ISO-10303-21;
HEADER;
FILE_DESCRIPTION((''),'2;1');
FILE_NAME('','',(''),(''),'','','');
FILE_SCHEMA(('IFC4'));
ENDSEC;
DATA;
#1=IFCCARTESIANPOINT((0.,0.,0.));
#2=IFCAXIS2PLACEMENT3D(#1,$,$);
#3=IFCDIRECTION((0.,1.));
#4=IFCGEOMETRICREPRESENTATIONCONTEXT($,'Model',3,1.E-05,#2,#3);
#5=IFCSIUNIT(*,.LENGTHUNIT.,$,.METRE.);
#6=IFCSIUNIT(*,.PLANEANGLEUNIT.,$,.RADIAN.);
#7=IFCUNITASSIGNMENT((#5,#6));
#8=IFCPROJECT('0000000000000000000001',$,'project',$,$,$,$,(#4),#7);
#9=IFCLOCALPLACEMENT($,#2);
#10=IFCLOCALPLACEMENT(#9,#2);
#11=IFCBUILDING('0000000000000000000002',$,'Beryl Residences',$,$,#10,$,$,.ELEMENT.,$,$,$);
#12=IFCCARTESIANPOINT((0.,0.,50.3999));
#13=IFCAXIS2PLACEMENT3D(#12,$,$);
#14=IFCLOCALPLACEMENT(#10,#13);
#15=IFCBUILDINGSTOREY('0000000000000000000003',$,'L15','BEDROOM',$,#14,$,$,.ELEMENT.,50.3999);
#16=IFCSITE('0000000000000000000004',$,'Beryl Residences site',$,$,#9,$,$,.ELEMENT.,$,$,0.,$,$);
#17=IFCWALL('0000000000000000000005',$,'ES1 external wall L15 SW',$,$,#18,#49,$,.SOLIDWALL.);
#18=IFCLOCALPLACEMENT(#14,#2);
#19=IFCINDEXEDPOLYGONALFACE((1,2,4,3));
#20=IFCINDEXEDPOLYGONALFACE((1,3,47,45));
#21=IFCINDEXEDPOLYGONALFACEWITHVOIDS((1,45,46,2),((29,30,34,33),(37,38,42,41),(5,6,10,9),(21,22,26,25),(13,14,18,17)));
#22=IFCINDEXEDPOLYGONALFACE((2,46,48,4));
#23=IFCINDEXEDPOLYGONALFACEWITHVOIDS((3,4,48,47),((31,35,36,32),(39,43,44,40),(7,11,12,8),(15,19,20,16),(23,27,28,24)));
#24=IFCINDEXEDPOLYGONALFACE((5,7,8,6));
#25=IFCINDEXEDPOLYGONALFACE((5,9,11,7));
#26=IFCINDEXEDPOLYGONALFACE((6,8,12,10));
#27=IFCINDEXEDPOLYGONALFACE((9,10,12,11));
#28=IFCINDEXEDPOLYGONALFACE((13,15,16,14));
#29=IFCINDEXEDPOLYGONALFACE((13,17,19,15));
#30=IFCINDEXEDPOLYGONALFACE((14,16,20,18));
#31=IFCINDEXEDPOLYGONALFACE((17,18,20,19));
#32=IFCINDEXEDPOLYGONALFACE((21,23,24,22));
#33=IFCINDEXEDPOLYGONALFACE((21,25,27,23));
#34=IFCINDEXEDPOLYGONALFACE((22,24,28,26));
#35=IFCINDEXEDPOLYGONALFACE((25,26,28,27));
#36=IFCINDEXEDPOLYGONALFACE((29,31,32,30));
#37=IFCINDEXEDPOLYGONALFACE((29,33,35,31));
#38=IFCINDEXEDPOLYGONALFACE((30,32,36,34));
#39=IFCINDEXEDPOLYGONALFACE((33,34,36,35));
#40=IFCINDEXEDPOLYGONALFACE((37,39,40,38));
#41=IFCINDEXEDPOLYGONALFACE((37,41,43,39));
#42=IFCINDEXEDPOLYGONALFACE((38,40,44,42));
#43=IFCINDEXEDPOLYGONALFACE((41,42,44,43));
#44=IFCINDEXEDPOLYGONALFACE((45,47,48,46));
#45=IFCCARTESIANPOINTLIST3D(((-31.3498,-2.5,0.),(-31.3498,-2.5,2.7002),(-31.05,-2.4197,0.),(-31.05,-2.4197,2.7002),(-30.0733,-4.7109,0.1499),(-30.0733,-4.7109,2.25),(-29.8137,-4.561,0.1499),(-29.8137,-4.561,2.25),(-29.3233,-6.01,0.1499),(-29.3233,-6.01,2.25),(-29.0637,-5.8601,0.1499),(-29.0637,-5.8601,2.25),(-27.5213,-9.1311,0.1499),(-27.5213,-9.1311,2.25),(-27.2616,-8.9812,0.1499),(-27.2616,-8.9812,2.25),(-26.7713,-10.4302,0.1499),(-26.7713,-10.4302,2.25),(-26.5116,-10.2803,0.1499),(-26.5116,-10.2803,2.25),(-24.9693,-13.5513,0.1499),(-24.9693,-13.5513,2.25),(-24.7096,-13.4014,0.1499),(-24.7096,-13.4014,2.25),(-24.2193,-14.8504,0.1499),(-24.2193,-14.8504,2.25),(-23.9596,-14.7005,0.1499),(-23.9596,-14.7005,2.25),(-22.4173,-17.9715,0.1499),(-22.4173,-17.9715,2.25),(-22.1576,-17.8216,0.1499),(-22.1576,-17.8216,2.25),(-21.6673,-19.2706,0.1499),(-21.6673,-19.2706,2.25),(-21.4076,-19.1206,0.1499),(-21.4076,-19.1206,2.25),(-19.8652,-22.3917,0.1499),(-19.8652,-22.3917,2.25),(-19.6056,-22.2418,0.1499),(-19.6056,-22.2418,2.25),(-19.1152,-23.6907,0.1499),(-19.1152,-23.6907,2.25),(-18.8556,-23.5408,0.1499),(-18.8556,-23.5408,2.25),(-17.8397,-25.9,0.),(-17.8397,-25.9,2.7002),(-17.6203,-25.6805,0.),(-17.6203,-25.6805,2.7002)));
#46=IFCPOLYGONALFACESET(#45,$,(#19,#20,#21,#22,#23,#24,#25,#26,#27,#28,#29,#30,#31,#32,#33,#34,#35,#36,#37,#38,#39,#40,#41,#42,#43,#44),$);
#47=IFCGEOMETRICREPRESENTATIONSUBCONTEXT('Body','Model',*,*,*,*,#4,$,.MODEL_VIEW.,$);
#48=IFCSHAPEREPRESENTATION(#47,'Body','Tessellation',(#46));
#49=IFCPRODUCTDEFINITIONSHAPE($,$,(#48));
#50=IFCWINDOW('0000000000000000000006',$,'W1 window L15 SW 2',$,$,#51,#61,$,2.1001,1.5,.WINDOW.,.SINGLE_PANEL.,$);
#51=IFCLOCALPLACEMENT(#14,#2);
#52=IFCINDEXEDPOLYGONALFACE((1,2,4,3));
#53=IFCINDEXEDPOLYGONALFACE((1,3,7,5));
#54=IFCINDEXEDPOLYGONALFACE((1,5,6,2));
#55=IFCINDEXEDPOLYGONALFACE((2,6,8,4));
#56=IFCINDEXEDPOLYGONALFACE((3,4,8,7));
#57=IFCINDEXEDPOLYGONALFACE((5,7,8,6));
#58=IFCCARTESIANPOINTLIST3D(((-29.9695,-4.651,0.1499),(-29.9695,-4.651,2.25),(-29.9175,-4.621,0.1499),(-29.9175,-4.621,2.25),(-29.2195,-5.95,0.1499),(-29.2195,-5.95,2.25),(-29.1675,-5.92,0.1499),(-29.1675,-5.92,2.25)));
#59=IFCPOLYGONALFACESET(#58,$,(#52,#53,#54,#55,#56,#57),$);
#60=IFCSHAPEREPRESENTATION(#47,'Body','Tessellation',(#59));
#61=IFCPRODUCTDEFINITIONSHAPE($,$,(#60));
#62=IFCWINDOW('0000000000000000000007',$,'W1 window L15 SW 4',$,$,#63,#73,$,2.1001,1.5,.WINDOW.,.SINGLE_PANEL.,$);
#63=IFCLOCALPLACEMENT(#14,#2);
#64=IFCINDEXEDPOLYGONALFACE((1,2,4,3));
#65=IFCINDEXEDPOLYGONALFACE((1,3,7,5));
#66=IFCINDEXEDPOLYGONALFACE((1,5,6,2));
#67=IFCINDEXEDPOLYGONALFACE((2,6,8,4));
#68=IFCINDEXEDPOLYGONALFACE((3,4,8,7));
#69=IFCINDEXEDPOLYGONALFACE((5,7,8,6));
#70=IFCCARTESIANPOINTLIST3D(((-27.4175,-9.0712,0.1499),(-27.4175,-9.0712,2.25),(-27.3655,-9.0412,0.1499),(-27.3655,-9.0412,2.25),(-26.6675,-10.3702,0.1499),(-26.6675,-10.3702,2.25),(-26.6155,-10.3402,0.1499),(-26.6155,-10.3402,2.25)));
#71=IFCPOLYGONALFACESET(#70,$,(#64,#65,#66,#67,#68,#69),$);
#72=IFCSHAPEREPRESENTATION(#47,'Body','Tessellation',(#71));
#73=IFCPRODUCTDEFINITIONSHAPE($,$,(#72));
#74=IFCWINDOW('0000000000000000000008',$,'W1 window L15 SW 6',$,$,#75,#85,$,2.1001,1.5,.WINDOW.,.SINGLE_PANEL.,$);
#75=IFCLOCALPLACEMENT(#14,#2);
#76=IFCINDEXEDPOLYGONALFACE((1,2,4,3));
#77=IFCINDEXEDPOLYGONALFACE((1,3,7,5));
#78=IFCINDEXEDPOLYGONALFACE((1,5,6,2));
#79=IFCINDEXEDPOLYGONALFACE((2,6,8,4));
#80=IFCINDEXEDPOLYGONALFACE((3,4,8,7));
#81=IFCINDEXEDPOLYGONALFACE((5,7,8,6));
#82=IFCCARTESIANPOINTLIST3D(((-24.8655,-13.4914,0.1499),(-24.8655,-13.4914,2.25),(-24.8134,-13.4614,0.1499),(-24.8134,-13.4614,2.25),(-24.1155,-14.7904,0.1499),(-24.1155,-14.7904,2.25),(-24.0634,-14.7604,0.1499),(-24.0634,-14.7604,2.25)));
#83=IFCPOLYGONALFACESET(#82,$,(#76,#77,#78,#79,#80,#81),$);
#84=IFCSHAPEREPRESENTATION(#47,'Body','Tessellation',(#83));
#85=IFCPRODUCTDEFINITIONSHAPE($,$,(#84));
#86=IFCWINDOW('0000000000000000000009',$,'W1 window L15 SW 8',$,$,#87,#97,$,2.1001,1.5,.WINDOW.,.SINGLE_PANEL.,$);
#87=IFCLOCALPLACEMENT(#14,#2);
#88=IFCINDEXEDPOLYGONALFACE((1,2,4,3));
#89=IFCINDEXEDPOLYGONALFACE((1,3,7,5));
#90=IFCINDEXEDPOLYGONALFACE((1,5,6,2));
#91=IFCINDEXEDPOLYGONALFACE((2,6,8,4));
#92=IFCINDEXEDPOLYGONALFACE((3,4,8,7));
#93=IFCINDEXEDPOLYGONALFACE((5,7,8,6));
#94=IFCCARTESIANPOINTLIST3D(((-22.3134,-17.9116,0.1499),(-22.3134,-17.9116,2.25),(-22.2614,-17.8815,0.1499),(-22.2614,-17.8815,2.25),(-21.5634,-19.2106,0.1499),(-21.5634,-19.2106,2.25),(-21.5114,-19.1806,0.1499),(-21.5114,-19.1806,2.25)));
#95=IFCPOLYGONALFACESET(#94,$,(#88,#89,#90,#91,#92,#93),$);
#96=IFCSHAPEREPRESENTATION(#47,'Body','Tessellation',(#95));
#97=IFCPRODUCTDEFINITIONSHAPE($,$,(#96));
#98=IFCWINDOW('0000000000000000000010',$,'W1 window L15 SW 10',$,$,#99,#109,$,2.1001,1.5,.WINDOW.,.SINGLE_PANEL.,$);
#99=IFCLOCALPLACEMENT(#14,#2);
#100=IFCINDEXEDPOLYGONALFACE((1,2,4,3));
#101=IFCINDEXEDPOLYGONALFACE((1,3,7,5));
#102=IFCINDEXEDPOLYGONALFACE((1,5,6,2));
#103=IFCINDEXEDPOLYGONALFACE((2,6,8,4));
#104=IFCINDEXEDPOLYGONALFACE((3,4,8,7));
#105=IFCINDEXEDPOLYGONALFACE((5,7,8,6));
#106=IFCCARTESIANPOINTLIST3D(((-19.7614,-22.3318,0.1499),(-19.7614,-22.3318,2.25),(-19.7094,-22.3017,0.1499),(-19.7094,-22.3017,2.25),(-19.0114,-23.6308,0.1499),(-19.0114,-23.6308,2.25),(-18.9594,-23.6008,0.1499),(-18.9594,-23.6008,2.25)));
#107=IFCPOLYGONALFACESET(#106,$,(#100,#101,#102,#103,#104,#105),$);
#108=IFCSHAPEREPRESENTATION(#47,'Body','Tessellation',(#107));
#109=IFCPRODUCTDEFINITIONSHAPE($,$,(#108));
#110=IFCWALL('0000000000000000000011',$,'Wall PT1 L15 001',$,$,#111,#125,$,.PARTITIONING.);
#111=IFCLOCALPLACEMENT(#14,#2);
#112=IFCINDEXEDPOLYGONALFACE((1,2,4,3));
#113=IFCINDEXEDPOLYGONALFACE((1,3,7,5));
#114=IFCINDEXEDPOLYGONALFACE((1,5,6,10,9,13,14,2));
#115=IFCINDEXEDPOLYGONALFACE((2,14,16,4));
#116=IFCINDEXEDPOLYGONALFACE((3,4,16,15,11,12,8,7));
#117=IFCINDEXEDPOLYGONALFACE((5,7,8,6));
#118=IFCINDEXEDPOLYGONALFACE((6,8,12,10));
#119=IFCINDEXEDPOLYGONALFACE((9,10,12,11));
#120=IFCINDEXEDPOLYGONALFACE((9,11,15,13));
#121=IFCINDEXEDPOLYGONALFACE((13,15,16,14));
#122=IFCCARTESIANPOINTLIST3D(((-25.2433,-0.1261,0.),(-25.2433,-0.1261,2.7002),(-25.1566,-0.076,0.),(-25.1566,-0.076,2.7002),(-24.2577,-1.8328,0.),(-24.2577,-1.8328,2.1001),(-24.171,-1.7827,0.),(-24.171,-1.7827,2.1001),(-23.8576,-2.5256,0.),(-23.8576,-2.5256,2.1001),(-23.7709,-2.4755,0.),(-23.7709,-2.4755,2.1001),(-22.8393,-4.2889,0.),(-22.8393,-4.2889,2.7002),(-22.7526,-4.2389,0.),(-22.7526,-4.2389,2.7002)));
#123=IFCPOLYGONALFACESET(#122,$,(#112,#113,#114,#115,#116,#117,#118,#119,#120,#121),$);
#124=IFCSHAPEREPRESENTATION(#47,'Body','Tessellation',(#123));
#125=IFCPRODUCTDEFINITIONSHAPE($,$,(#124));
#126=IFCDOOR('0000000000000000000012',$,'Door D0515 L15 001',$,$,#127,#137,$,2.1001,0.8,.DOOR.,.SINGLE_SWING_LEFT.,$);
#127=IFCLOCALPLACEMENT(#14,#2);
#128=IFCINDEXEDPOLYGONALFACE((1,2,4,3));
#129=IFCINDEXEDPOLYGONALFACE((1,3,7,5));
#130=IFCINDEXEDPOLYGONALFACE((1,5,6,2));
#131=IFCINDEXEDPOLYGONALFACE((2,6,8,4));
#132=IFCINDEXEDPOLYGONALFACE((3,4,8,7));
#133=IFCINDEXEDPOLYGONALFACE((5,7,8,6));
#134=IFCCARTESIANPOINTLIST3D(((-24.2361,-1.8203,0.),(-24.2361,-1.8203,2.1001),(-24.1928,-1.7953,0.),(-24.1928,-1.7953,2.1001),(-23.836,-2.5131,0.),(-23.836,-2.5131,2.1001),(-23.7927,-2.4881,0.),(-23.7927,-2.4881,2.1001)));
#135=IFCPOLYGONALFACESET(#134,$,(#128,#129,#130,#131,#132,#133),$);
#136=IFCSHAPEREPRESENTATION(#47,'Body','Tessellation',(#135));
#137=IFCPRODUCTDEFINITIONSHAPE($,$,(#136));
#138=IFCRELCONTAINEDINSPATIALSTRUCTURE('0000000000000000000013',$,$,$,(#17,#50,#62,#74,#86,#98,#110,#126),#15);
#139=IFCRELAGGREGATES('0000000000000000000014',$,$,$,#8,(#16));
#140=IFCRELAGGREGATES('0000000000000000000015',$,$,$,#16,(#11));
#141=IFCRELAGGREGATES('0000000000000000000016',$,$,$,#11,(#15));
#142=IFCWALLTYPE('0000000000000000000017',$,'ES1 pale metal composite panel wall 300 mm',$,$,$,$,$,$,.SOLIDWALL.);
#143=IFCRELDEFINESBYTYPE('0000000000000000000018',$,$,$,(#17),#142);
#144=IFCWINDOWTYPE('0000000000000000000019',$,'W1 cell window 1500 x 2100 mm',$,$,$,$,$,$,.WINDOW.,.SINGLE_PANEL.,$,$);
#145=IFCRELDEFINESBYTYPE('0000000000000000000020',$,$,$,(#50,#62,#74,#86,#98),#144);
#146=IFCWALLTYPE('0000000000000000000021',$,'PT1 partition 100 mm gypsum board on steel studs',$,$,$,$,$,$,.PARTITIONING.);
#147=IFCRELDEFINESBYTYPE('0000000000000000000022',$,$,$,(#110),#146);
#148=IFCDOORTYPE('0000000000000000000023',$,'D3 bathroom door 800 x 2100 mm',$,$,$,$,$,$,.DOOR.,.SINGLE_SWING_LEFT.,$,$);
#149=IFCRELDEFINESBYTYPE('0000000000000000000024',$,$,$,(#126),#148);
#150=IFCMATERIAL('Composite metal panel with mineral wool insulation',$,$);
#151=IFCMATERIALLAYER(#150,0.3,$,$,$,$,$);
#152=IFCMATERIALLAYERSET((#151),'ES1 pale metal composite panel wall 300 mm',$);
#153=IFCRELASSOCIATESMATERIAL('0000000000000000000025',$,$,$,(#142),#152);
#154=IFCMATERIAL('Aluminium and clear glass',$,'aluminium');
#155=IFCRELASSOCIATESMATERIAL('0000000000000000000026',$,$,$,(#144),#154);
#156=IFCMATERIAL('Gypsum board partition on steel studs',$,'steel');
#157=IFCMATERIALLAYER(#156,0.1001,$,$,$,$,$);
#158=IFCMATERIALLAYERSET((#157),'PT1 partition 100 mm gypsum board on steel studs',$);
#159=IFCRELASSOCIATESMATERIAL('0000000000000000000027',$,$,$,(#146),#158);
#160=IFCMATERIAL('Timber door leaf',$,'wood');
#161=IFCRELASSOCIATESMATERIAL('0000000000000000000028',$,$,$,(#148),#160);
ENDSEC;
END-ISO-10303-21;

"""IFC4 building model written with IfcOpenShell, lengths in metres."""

from ifc_helpers import new_model, si_unit, direction, frame, frame_2d, origin, place, context, subcontext, project, spatial, polyline, rectangle, outline, extrude, material, layer, layer_set, type_object, element, fill, save


model = new_model("IFC4")

# Units and contexts
model_context = context("Model", 3, precision=1e-05, world=origin(), true_north=direction((0.0, 1.0)))
body_context = subcontext(model_context, "Body", "Model", "MODEL_VIEW")
ifc_project = project(units=[si_unit("LENGTHUNIT", "METRE"), si_unit("PLANEANGLEUNIT", "RADIAN")], contexts=[model_context])

# Site, building, storey
site_placement = place(None, origin())
site = spatial("IfcSite", under=ifc_project, at=site_placement, Name="Beryl Residences site", CompositionType="ELEMENT", RefElevation=0.0)
building_placement = place(site_placement, origin())
building = spatial("IfcBuilding", under=site, at=building_placement, Name="Beryl Residences", CompositionType="ELEMENT")
storey_placement = place(building_placement, frame((0.0, 0.0, 50.3999)))
storey = spatial("IfcBuildingStorey", under=building, at=storey_placement, Name="L15", Description="BEDROOM", CompositionType="ELEMENT", Elevation=50.3999)

# Shared definitions
ifc_material_1 = material(Name="Composite metal panel with mineral wool insulation")
ifc_layer_1 = layer(ifc_material_1, 0.3)
ifc_layer_set_1 = layer_set([ifc_layer_1], Name="ES1 pale metal composite panel wall 300 mm")
wall_type_1 = type_object("IfcWallType", Name="ES1 pale metal composite panel wall 300 mm", PredefinedType="SOLIDWALL", material=ifc_layer_set_1)

# Wall, openings, windows
wall_1_placement = place(storey_placement, frame((-31.22, -2.425, 0.0), z_axis=(0.0, 0.0, 1.0), x_axis=(0.500002, -0.866024, 0.0)))
wall_1 = element("IfcWall", 1, at=wall_1_placement, inside=storey, type_object=wall_type_1, Name="ES1 external wall L15 SW", PredefinedType="SOLIDWALL", context=body_context, shape_type="SweptSolid", body=[
    extrude(outline(polyline([(0.0, -0.1499), (27.02, -0.1499), (26.9397, 0.1499), (0.0803, 0.1499), (0.0, -0.1499)])), origin(), (0.0, 0.0, 1.0), 2.7002),
])
opening_1_placement = place(wall_1_placement, frame((2.553, 0.0, 0.1499)))
opening_1 = element("IfcOpeningElement", 2, at=opening_1_placement, cuts=wall_1, PredefinedType="OPENING", context=body_context, shape_type="SweptSolid", body=[
    extrude(rectangle(XDim=1.5, YDim=2.1001, at=frame_2d((0.75, 1.05))), frame((0.0, 0.1599, 0.0), z_axis=(0.0, -1.0, 0.0), x_axis=(1.0, 0.0, 0.0)), (0.0, 0.0, 1.0), 0.3201),
])
opening_2_placement = place(wall_1_placement, frame((7.657, 0.0, 0.1499)))
opening_2 = element("IfcOpeningElement", 3, at=opening_2_placement, cuts=wall_1, PredefinedType="OPENING", context=body_context, shape_type="SweptSolid", body=[
    extrude(rectangle(XDim=1.5, YDim=2.1001, at=frame_2d((0.75, 1.05))), frame((0.0, 0.1599, 0.0), z_axis=(0.0, -1.0, 0.0), x_axis=(1.0, 0.0, 0.0)), (0.0, 0.0, 1.0), 0.3201),
])
opening_3_placement = place(wall_1_placement, frame((12.761, 0.0, 0.1499)))
opening_3 = element("IfcOpeningElement", 4, at=opening_3_placement, cuts=wall_1, PredefinedType="OPENING", context=body_context, shape_type="SweptSolid", body=[
    extrude(rectangle(XDim=1.5, YDim=2.1001, at=frame_2d((0.75, 1.05))), frame((0.0, 0.1599, 0.0), z_axis=(0.0, -1.0, 0.0), x_axis=(1.0, 0.0, 0.0)), (0.0, 0.0, 1.0), 0.3201),
])
opening_4_placement = place(wall_1_placement, frame((17.865, 0.0, 0.1499)))
opening_4 = element("IfcOpeningElement", 5, at=opening_4_placement, cuts=wall_1, PredefinedType="OPENING", context=body_context, shape_type="SweptSolid", body=[
    extrude(rectangle(XDim=1.5, YDim=2.1001, at=frame_2d((0.75, 1.05))), frame((0.0, 0.1599, 0.0), z_axis=(0.0, -1.0, 0.0), x_axis=(1.0, 0.0, 0.0)), (0.0, 0.0, 1.0), 0.3201),
])
opening_5_placement = place(wall_1_placement, frame((22.969, 0.0, 0.1499)))
opening_5 = element("IfcOpeningElement", 6, at=opening_5_placement, cuts=wall_1, PredefinedType="OPENING", context=body_context, shape_type="SweptSolid", body=[
    extrude(rectangle(XDim=1.5, YDim=2.1001, at=frame_2d((0.75, 1.05))), frame((0.0, 0.1599, 0.0), z_axis=(0.0, -1.0, 0.0), x_axis=(1.0, 0.0, 0.0)), (0.0, 0.0, 1.0), 0.3201),
])
ifc_material_2 = material(Name="Aluminium and clear glass", Category="aluminium")
window_type_1 = type_object("IfcWindowType", Name="W1 cell window 1500 x 2100 mm", PartitioningType="SINGLE_PANEL", PredefinedType="WINDOW", material=ifc_material_2)
window_1_placement = place(opening_1_placement, origin())
window_1 = element("IfcWindow", 7, at=window_1_placement, inside=storey, type_object=window_type_1, Name="W1 window L15 SW 2", OverallHeight=2.1001, OverallWidth=1.5, PartitioningType="SINGLE_PANEL", PredefinedType="WINDOW", context=body_context, shape_type="SweptSolid", body=[
    extrude(rectangle(XDim=1.5, YDim=2.1001, at=frame_2d((0.75, 1.05))), frame((0.0, 0.03, 0.0), z_axis=(0.0, -1.0, 0.0), x_axis=(1.0, 0.0, 0.0)), (0.0, 0.0, 1.0), 0.0601),
])
fill(opening_1, window_1)
window_2_placement = place(opening_2_placement, origin())
window_2 = element("IfcWindow", 8, at=window_2_placement, inside=storey, type_object=window_type_1, Name="W1 window L15 SW 4", OverallHeight=2.1001, OverallWidth=1.5, PartitioningType="SINGLE_PANEL", PredefinedType="WINDOW", context=body_context, shape_type="SweptSolid", body=[
    extrude(rectangle(XDim=1.5, YDim=2.1001, at=frame_2d((0.75, 1.05))), frame((0.0, 0.03, 0.0), z_axis=(0.0, -1.0, 0.0), x_axis=(1.0, 0.0, 0.0)), (0.0, 0.0, 1.0), 0.0601),
])
fill(opening_2, window_2)
window_3_placement = place(opening_3_placement, origin())
window_3 = element("IfcWindow", 9, at=window_3_placement, inside=storey, type_object=window_type_1, Name="W1 window L15 SW 6", OverallHeight=2.1001, OverallWidth=1.5, PartitioningType="SINGLE_PANEL", PredefinedType="WINDOW", context=body_context, shape_type="SweptSolid", body=[
    extrude(rectangle(XDim=1.5, YDim=2.1001, at=frame_2d((0.75, 1.05))), frame((0.0, 0.03, 0.0), z_axis=(0.0, -1.0, 0.0), x_axis=(1.0, 0.0, 0.0)), (0.0, 0.0, 1.0), 0.0601),
])
fill(opening_3, window_3)
window_4_placement = place(opening_4_placement, origin())
window_4 = element("IfcWindow", 10, at=window_4_placement, inside=storey, type_object=window_type_1, Name="W1 window L15 SW 8", OverallHeight=2.1001, OverallWidth=1.5, PartitioningType="SINGLE_PANEL", PredefinedType="WINDOW", context=body_context, shape_type="SweptSolid", body=[
    extrude(rectangle(XDim=1.5, YDim=2.1001, at=frame_2d((0.75, 1.05))), frame((0.0, 0.03, 0.0), z_axis=(0.0, -1.0, 0.0), x_axis=(1.0, 0.0, 0.0)), (0.0, 0.0, 1.0), 0.0601),
])
fill(opening_4, window_4)
window_5_placement = place(opening_5_placement, origin())
window_5 = element("IfcWindow", 11, at=window_5_placement, inside=storey, type_object=window_type_1, Name="W1 window L15 SW 10", OverallHeight=2.1001, OverallWidth=1.5, PartitioningType="SINGLE_PANEL", PredefinedType="WINDOW", context=body_context, shape_type="SweptSolid", body=[
    extrude(rectangle(XDim=1.5, YDim=2.1001, at=frame_2d((0.75, 1.05))), frame((0.0, 0.03, 0.0), z_axis=(0.0, -1.0, 0.0), x_axis=(1.0, 0.0, 0.0)), (0.0, 0.0, 1.0), 0.0601),
])
fill(opening_5, window_5)

# Wall, opening, door
ifc_material_3 = material(Name="Gypsum board partition on steel studs", Category="steel")
ifc_layer_2 = layer(ifc_material_3, 0.1001)
ifc_layer_set_2 = layer_set([ifc_layer_2], Name="PT1 partition 100 mm gypsum board on steel studs")
wall_type_2 = type_object("IfcWallType", Name="PT1 partition 100 mm gypsum board on steel studs", PredefinedType="PARTITIONING", material=ifc_layer_set_2)
wall_2_placement = place(storey_placement, frame((-25.2, -0.1011, 0.0), z_axis=(0.0, 0.0, 1.0), x_axis=(0.500099, -0.865968, 0.0)))
wall_2 = element("IfcWall", 12, at=wall_2_placement, inside=storey, type_object=wall_type_2, Name="Wall PT1 L15 001", PredefinedType="PARTITIONING", context=body_context, shape_type="SweptSolid", body=[
    extrude(rectangle(XDim=4.8071, YDim=0.1001, at=frame_2d((2.4036, 0.0))), origin(), (0.0, 0.0, 1.0), 2.7002),
])
opening_6_placement = place(wall_2_placement, frame((1.9709, 0.0, 0.0)))
opening_6 = element("IfcOpeningElement", 13, at=opening_6_placement, cuts=wall_2, PredefinedType="OPENING", context=body_context, shape_type="SweptSolid", body=[
    extrude(rectangle(XDim=0.8, YDim=2.1001, at=frame_2d((0.3999, 1.05))), frame((0.0, 0.0601, 0.0), z_axis=(0.0, -1.0, 0.0), x_axis=(1.0, 0.0, 0.0)), (0.0, 0.0, 1.0), 0.1201),
])
ifc_material_4 = material(Name="Timber door leaf", Category="wood")
door_type = type_object("IfcDoorType", Name="D3 bathroom door 800 x 2100 mm", OperationType="SINGLE_SWING_LEFT", PredefinedType="DOOR", material=ifc_material_4)
door_1_placement = place(opening_6_placement, origin())
door_1 = element("IfcDoor", 14, at=door_1_placement, inside=storey, type_object=door_type, Name="Door D0515 L15 001", OperationType="SINGLE_SWING_LEFT", OverallHeight=2.1001, OverallWidth=0.8, PredefinedType="DOOR", context=body_context, shape_type="SweptSolid", body=[
    extrude(rectangle(XDim=0.8, YDim=2.1001, at=frame_2d((0.3999, 1.05))), frame((0.0, 0.0249, 0.0), z_axis=(0.0, -1.0, 0.0), x_axis=(1.0, 0.0, 0.0)), (0.0, 0.0, 1.0), 0.05),
])
fill(opening_6, door_1)

save(model, "model.ifc")
